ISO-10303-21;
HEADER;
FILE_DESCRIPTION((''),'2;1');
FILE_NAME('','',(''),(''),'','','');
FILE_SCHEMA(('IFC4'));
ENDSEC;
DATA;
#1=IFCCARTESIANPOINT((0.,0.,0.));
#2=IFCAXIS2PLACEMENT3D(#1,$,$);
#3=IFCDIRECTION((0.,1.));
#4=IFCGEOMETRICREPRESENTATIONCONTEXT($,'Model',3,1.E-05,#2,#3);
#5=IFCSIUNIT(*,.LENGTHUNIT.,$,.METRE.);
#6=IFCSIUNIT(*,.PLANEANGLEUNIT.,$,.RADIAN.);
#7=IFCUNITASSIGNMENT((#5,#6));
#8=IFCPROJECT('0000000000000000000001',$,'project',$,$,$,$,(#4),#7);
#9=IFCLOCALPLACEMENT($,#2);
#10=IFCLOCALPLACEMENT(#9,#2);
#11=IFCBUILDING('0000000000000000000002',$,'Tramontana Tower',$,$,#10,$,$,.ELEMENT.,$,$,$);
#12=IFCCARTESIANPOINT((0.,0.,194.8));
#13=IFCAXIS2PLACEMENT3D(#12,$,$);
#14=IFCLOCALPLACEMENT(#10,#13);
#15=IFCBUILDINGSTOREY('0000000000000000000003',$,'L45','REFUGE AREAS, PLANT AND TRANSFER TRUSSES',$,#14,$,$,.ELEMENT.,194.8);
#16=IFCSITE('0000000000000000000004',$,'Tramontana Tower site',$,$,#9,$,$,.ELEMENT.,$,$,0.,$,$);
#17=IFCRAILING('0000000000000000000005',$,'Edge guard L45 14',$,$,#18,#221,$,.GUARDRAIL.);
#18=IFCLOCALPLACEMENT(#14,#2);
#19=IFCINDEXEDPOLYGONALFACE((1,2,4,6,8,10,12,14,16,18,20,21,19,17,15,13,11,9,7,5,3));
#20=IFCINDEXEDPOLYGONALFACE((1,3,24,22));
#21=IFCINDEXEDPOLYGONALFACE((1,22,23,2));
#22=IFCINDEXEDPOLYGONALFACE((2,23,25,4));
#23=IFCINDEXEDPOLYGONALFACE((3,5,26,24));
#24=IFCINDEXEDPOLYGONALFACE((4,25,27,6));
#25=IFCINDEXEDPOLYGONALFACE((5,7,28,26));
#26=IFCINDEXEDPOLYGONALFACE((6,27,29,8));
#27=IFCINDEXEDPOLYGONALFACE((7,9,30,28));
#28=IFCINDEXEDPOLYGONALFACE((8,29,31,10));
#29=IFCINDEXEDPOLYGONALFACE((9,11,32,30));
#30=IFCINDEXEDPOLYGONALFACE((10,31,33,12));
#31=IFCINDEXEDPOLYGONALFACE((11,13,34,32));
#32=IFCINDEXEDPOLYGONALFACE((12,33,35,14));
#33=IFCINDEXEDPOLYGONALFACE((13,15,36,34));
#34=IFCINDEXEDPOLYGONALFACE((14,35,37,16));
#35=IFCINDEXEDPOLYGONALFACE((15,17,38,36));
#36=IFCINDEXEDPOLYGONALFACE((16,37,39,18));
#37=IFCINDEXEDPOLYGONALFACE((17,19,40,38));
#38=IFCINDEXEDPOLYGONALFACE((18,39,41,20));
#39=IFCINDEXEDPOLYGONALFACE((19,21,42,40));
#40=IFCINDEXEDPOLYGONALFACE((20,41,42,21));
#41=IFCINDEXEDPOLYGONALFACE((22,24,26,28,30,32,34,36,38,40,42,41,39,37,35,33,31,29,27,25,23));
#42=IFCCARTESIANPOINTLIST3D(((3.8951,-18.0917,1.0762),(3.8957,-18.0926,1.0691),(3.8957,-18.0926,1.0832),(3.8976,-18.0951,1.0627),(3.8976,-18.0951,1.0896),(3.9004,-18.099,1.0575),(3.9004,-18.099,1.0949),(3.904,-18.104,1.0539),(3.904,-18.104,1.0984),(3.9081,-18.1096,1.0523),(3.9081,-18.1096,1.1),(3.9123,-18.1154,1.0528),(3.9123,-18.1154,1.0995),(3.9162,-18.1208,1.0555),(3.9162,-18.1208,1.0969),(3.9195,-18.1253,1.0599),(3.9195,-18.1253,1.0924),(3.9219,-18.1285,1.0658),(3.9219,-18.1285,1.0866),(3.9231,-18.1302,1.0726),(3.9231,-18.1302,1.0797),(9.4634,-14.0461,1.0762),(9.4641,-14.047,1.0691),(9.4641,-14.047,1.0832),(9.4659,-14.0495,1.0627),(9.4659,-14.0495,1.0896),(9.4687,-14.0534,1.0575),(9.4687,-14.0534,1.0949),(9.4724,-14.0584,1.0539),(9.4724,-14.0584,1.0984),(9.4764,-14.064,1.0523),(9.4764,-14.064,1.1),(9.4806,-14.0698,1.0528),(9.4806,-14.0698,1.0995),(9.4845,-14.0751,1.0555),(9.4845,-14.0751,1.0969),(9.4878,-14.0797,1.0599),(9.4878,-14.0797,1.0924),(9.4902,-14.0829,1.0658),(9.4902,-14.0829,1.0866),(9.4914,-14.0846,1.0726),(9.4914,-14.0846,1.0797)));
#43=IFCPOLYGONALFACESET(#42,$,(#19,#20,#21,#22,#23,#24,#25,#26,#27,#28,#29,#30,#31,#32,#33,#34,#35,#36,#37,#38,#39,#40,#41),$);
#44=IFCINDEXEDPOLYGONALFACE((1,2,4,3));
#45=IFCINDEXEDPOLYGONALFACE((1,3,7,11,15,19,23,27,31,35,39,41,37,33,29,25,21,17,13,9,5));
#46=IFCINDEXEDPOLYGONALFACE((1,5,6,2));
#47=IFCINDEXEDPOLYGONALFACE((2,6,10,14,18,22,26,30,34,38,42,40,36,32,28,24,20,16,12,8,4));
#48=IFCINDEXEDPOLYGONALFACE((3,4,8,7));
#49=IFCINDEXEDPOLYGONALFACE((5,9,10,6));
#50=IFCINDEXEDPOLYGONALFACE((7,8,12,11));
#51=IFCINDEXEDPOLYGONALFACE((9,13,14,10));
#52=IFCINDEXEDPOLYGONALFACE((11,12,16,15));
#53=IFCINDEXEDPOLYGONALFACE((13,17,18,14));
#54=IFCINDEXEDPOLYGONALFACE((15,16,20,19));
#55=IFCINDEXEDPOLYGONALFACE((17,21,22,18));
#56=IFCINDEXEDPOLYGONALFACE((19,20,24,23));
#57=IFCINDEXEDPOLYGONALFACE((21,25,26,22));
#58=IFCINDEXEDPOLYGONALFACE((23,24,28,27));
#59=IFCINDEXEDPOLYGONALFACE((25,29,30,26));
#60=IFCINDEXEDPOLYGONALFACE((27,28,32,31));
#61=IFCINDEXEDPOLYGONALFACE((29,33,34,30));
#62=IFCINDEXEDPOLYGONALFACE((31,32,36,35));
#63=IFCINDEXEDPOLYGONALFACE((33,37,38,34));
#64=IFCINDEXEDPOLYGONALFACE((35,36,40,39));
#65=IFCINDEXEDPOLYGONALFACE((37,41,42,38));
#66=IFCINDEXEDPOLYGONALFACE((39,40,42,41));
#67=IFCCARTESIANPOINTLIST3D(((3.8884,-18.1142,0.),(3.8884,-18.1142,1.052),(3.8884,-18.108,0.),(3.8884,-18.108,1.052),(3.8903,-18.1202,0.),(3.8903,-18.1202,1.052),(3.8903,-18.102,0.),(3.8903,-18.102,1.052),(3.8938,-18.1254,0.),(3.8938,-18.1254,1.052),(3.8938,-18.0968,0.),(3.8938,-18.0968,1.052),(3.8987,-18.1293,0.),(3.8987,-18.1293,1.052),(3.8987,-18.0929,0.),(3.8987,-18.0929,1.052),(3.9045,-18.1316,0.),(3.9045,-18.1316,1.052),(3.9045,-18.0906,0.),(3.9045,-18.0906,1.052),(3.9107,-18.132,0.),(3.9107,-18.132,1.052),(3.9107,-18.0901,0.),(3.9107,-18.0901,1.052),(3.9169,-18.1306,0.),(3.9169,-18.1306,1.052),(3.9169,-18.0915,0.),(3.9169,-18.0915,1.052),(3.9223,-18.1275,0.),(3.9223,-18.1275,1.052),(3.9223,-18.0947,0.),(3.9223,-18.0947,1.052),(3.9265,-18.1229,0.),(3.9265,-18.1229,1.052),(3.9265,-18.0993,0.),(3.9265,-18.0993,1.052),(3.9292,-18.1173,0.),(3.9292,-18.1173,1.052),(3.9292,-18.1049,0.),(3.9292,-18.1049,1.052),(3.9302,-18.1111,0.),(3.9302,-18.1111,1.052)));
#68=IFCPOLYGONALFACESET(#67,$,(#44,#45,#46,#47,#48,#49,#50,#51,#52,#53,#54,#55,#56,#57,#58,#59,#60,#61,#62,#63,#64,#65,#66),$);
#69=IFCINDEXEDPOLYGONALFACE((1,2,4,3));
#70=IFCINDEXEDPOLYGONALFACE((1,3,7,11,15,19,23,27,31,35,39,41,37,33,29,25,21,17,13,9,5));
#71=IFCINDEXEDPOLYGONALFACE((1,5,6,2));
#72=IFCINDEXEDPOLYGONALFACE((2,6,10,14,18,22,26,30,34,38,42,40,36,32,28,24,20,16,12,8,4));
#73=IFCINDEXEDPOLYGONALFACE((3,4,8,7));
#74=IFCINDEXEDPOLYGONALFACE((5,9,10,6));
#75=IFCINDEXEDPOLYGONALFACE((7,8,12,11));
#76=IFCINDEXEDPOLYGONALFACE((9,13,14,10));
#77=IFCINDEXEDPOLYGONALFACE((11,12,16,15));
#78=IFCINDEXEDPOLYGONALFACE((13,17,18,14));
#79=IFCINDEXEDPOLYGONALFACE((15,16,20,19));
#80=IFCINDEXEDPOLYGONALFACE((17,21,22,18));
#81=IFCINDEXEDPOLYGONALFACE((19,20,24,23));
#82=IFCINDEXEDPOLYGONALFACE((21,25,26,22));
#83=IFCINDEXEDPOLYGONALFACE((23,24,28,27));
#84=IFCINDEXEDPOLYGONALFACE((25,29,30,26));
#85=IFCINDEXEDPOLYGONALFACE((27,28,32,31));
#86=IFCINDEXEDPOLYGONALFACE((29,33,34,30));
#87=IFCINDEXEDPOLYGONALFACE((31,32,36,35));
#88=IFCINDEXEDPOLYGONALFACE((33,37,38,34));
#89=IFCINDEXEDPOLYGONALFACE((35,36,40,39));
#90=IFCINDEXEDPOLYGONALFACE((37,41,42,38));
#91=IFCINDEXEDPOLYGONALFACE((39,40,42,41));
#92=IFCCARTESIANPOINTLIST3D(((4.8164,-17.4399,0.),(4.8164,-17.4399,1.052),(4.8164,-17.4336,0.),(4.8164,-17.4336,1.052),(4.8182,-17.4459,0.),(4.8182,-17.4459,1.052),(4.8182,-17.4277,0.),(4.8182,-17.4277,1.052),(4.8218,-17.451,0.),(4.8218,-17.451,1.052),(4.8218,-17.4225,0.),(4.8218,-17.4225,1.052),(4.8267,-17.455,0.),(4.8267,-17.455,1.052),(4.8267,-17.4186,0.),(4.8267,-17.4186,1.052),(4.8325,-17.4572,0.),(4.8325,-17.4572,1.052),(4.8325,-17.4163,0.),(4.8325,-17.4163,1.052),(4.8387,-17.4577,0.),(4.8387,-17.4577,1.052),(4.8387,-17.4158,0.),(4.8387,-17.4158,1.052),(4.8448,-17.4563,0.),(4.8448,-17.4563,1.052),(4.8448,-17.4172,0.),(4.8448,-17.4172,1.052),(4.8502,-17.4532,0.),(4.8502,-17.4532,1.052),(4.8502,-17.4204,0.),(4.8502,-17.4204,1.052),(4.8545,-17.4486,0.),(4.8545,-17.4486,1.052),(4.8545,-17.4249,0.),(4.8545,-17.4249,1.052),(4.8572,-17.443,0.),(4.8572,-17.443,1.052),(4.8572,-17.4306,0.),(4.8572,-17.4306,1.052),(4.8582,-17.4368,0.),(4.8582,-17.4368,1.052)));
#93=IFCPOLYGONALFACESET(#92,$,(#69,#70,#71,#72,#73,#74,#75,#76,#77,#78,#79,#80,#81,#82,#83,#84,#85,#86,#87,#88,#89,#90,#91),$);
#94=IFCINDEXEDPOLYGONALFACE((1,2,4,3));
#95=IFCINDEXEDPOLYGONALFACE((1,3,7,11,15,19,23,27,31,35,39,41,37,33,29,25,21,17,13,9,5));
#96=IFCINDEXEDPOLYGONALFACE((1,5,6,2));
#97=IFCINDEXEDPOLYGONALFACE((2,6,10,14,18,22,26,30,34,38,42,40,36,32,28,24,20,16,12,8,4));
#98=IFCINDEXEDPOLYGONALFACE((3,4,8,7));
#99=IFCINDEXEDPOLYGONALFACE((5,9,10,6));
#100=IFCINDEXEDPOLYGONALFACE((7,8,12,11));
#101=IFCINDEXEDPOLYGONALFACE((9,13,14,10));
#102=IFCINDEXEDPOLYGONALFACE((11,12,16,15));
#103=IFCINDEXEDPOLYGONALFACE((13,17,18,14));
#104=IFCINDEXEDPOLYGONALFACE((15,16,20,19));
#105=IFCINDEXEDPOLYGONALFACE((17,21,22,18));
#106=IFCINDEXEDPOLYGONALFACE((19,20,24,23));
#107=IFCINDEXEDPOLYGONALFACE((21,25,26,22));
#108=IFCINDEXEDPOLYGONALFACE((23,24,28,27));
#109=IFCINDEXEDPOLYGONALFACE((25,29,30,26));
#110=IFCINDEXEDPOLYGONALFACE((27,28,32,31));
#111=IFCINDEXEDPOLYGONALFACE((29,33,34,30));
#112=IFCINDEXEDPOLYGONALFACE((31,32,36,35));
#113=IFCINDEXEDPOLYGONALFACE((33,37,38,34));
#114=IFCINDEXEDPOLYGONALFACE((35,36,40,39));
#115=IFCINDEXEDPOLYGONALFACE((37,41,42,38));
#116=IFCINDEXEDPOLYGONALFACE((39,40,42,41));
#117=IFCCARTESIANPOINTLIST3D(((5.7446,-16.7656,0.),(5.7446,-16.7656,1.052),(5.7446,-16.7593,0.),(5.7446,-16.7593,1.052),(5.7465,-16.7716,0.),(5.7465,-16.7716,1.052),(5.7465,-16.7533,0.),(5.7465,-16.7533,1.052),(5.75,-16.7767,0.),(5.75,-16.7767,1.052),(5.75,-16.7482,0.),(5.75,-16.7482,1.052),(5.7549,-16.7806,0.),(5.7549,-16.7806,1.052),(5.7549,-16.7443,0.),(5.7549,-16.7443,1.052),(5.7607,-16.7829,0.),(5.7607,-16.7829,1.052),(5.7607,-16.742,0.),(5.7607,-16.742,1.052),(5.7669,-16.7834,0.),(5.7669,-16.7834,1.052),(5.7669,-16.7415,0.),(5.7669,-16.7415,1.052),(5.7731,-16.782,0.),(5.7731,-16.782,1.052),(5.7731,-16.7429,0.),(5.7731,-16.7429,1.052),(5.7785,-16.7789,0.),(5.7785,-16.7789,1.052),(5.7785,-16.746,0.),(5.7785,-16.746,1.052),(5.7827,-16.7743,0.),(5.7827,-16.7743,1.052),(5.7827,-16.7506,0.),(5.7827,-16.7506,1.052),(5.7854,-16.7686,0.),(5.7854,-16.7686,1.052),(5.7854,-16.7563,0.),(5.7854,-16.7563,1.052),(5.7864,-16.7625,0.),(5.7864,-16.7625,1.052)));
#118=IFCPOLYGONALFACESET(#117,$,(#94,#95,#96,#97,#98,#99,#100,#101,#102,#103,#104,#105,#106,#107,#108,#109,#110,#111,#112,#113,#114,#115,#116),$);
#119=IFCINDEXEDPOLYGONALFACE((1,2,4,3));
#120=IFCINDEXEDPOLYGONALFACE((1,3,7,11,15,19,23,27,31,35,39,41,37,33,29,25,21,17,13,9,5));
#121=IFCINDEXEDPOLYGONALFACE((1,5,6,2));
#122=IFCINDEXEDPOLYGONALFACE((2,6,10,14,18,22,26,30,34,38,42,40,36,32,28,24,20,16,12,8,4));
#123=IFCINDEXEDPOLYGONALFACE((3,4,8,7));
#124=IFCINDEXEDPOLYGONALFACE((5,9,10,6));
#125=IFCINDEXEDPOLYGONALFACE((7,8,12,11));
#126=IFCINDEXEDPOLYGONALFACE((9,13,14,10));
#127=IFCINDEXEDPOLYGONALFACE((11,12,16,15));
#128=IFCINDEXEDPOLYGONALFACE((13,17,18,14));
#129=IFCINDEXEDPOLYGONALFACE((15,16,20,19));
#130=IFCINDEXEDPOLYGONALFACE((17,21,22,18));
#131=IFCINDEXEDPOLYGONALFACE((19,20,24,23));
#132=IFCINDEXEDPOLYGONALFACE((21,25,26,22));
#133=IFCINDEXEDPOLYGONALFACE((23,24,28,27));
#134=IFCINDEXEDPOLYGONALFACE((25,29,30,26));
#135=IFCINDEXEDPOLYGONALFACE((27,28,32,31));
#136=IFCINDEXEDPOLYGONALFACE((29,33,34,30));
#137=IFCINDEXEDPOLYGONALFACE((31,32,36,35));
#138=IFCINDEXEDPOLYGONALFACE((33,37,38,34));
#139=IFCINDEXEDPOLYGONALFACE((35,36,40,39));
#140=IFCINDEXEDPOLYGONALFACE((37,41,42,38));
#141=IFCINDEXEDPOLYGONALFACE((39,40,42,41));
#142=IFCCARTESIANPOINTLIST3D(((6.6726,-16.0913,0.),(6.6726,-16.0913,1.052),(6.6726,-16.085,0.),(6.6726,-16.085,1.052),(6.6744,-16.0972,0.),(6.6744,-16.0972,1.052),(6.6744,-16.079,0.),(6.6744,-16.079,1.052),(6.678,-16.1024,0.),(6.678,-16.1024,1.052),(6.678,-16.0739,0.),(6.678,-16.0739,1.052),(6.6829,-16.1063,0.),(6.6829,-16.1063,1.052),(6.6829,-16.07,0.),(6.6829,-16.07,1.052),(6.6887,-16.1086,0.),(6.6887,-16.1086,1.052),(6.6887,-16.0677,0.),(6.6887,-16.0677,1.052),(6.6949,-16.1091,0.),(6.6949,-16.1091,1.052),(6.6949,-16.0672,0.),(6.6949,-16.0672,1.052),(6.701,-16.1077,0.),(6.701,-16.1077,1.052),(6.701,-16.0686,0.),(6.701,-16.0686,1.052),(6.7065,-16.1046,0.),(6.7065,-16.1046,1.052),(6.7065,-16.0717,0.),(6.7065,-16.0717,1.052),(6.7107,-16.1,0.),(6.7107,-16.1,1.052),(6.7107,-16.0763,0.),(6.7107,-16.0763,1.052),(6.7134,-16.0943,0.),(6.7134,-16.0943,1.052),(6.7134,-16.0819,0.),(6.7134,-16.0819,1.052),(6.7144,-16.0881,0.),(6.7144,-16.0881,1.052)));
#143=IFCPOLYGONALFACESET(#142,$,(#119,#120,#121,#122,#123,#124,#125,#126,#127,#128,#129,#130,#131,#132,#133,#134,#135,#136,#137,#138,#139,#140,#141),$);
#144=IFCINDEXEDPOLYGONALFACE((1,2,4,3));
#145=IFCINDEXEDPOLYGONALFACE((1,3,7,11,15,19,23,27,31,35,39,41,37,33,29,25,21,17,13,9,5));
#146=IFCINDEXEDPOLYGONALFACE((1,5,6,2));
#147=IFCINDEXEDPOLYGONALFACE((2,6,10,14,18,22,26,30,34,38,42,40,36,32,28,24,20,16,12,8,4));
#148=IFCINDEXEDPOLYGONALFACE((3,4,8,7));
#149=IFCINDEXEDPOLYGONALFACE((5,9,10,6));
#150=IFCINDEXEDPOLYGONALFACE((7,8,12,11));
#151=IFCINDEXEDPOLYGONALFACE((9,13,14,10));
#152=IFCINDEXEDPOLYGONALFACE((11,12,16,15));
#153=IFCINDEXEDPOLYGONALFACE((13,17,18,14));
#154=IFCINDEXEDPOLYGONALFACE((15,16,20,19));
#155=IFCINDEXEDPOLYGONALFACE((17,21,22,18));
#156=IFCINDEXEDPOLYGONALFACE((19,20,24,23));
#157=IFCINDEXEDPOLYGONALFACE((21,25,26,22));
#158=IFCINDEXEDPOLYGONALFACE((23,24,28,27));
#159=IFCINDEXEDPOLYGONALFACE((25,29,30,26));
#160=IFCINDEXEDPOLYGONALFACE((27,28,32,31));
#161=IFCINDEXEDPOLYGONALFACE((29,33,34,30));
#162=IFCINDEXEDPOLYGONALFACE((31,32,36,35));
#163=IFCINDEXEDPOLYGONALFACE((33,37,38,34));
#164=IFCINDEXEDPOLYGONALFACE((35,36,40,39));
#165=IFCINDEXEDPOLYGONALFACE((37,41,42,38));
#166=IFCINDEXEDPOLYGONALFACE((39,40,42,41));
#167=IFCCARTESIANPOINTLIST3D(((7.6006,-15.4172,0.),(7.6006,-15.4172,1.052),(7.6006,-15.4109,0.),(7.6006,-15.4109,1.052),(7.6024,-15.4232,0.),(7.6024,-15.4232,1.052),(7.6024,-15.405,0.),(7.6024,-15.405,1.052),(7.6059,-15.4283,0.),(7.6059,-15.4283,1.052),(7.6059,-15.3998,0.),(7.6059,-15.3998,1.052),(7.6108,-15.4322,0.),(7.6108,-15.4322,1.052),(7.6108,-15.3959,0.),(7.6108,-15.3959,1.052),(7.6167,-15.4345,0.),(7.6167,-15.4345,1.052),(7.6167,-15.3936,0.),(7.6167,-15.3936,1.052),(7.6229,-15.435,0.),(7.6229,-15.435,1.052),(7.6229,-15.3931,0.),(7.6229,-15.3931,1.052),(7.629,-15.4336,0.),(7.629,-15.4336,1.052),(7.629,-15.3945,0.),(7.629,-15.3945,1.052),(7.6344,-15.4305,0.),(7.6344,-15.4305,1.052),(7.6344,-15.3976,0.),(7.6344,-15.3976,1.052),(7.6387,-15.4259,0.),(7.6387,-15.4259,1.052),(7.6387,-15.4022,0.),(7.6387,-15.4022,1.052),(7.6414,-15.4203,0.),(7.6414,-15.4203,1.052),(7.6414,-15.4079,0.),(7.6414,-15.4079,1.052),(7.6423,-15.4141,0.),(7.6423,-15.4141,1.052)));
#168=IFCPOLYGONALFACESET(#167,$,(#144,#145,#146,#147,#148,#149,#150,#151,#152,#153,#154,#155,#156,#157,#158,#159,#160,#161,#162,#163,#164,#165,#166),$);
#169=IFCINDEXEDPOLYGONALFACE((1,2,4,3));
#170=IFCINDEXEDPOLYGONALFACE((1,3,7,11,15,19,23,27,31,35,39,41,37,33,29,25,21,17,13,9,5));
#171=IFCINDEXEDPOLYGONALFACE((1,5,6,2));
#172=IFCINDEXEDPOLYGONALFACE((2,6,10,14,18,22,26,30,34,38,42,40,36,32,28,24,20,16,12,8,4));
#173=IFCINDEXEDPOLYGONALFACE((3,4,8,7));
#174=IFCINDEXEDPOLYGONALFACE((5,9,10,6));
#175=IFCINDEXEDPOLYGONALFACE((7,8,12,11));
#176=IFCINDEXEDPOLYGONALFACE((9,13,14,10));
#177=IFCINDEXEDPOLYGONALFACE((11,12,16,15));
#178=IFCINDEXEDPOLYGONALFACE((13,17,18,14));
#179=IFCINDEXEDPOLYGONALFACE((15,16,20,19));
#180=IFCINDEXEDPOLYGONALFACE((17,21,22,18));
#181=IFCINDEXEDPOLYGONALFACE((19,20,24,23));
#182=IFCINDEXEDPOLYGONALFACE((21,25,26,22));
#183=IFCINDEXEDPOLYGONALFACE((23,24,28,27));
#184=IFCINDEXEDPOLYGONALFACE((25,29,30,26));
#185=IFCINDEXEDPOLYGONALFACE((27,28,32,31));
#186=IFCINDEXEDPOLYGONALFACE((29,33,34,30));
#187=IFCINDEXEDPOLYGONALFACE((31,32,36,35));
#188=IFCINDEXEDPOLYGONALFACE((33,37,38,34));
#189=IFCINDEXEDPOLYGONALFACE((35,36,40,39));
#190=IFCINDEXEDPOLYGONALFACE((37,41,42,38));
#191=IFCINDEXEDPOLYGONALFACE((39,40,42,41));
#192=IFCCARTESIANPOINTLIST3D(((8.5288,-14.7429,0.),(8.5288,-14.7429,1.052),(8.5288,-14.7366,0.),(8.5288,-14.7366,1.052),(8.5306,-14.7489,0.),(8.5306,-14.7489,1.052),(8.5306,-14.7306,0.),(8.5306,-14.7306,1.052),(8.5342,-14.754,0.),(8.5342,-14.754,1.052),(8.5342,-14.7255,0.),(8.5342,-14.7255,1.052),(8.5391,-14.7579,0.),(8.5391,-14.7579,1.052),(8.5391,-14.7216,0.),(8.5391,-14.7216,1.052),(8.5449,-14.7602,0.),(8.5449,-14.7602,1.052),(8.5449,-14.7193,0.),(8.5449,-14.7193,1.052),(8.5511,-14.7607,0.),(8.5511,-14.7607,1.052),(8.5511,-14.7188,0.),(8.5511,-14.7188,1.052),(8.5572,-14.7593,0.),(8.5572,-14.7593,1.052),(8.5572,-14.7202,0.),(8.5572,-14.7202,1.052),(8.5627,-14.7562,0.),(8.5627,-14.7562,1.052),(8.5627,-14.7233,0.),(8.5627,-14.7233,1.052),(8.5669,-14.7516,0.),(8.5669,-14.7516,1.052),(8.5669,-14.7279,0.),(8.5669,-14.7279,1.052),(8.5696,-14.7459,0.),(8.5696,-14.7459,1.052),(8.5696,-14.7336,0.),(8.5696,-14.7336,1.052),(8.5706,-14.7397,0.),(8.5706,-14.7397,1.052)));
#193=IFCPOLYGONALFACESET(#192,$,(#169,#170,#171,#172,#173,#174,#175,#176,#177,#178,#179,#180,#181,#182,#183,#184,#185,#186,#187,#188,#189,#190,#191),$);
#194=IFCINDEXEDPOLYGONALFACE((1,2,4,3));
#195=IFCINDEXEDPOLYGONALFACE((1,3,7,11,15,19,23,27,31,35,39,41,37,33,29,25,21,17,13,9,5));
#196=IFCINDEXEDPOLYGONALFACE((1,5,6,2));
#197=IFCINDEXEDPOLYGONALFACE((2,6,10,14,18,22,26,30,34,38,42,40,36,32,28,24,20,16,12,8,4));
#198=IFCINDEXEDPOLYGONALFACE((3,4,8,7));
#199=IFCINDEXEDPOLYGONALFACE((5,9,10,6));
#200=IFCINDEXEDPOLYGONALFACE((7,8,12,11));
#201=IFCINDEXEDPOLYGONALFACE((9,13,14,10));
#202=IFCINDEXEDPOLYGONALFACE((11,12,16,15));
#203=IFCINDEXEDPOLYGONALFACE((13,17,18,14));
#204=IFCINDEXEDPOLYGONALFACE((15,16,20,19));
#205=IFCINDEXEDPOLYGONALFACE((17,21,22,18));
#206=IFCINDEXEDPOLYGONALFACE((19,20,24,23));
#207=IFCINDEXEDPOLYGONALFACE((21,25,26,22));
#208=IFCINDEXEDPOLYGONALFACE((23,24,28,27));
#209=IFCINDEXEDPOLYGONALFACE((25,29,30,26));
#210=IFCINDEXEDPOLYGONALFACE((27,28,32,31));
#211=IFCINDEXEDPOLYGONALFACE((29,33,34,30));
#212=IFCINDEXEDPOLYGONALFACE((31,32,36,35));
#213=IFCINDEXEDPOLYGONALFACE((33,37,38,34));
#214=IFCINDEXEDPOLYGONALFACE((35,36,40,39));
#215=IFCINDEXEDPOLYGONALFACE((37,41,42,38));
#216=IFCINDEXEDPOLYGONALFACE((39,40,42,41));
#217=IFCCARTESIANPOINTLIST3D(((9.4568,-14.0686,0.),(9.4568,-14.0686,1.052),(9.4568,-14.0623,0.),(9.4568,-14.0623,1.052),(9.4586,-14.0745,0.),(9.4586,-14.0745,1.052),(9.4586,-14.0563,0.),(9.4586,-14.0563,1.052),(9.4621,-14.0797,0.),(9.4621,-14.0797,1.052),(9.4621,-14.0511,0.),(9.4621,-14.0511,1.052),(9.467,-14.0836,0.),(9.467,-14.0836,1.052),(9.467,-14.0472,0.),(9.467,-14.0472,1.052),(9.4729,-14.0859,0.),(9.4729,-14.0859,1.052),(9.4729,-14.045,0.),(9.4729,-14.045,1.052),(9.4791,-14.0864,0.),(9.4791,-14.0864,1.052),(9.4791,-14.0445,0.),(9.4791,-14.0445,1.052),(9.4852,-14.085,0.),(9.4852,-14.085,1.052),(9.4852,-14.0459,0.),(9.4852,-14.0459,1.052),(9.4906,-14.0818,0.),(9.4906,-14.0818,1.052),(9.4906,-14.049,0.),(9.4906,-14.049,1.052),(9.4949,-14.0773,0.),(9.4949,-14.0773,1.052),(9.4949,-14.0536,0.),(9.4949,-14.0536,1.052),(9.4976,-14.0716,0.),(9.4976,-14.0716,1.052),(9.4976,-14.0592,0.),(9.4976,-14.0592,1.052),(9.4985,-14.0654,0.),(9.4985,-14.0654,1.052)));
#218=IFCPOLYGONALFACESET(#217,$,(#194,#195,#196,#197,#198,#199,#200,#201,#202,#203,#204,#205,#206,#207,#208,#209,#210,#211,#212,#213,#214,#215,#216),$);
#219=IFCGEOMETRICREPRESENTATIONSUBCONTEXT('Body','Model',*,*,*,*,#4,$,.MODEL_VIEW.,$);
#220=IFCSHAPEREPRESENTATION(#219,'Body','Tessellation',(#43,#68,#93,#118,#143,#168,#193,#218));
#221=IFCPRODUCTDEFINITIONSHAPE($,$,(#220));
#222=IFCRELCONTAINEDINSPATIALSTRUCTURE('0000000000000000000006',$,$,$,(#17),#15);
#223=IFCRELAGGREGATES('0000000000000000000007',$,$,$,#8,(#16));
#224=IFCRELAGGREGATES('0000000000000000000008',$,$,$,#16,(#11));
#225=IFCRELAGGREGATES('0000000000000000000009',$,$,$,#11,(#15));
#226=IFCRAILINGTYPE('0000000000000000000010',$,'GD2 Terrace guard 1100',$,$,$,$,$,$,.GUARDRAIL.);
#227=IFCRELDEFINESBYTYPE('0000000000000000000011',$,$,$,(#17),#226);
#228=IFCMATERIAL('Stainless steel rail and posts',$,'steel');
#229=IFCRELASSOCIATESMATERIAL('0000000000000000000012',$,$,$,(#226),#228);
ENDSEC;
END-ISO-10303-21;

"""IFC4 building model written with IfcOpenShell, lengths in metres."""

from ifc_helpers import new_model, si_unit, direction, frame, origin, origin_2d, place, context, subcontext, project, spatial, circle, extrude, material, type_object, element, save


model = new_model("IFC4")

# Units and contexts
model_context = context("Model", 3, precision=1e-05, world=origin(), true_north=direction((0.0, 1.0)))
body_context = subcontext(model_context, "Body", "Model", "MODEL_VIEW")
ifc_project = project(units=[si_unit("LENGTHUNIT", "METRE"), si_unit("PLANEANGLEUNIT", "RADIAN")], contexts=[model_context])

# Site, building, storey
site_placement = place(None, origin())
site = spatial("IfcSite", under=ifc_project, at=site_placement, Name="Tramontana Tower site", CompositionType="ELEMENT", RefElevation=0.0)
building_placement = place(site_placement, origin())
building = spatial("IfcBuilding", under=site, at=building_placement, Name="Tramontana Tower", CompositionType="ELEMENT")
storey_placement = place(building_placement, frame((0.0, 0.0, 194.8)))
storey = spatial("IfcBuildingStorey", under=building, at=storey_placement, Name="L45", Description="REFUGE AREAS, PLANT AND TRANSFER TRUSSES", CompositionType="ELEMENT", Elevation=194.8)

# Railing
ifc_material_1 = material(Name="Stainless steel rail and posts", Category="steel")
railing_type = type_object("IfcRailingType", Name="GD2 Terrace guard 1100", PredefinedType="GUARDRAIL", material=ifc_material_1)
railing_placement = place(storey_placement, frame((3.9092, -18.1111, 0.0)))
element("IfcRailing", 1, at=railing_placement, inside=storey, type_object=railing_type, Name="Edge guard L45 14", PredefinedType="GUARDRAIL", context=body_context, shape_type="SweptSolid", body=[
    extrude(circle(Radius=0.0239, at=origin_2d()), frame((0.0, 0.0, 1.0762), z_axis=(0.809017, 0.587786, 0.0), x_axis=(-0.587786, 0.809017, 0.0)), (0.0, 0.0, 1.0), 6.8828),
    extrude(circle(Radius=0.021, at=origin_2d()), origin(), (0.0, 0.0, 1.0), 1.052),
    extrude(circle(Radius=0.021, at=origin_2d()), frame((0.928, 0.6743, 0.0)), (0.0, 0.0, 1.0), 1.052),
    extrude(circle(Radius=0.021, at=origin_2d()), frame((1.8562, 1.3486, 0.0)), (0.0, 0.0, 1.0), 1.052),
    extrude(circle(Radius=0.021, at=origin_2d()), frame((2.7842, 2.0229, 0.0)), (0.0, 0.0, 1.0), 1.052),
    extrude(circle(Radius=0.021, at=origin_2d()), frame((3.7122, 2.697, 0.0)), (0.0, 0.0, 1.0), 1.052),
    extrude(circle(Radius=0.021, at=origin_2d()), frame((4.6404, 3.3713, 0.0)), (0.0, 0.0, 1.0), 1.052),
    extrude(circle(Radius=0.021, at=origin_2d()), frame((5.5684, 4.0457, 0.0)), (0.0, 0.0, 1.0), 1.052),
])

save(model, "model.ifc")
